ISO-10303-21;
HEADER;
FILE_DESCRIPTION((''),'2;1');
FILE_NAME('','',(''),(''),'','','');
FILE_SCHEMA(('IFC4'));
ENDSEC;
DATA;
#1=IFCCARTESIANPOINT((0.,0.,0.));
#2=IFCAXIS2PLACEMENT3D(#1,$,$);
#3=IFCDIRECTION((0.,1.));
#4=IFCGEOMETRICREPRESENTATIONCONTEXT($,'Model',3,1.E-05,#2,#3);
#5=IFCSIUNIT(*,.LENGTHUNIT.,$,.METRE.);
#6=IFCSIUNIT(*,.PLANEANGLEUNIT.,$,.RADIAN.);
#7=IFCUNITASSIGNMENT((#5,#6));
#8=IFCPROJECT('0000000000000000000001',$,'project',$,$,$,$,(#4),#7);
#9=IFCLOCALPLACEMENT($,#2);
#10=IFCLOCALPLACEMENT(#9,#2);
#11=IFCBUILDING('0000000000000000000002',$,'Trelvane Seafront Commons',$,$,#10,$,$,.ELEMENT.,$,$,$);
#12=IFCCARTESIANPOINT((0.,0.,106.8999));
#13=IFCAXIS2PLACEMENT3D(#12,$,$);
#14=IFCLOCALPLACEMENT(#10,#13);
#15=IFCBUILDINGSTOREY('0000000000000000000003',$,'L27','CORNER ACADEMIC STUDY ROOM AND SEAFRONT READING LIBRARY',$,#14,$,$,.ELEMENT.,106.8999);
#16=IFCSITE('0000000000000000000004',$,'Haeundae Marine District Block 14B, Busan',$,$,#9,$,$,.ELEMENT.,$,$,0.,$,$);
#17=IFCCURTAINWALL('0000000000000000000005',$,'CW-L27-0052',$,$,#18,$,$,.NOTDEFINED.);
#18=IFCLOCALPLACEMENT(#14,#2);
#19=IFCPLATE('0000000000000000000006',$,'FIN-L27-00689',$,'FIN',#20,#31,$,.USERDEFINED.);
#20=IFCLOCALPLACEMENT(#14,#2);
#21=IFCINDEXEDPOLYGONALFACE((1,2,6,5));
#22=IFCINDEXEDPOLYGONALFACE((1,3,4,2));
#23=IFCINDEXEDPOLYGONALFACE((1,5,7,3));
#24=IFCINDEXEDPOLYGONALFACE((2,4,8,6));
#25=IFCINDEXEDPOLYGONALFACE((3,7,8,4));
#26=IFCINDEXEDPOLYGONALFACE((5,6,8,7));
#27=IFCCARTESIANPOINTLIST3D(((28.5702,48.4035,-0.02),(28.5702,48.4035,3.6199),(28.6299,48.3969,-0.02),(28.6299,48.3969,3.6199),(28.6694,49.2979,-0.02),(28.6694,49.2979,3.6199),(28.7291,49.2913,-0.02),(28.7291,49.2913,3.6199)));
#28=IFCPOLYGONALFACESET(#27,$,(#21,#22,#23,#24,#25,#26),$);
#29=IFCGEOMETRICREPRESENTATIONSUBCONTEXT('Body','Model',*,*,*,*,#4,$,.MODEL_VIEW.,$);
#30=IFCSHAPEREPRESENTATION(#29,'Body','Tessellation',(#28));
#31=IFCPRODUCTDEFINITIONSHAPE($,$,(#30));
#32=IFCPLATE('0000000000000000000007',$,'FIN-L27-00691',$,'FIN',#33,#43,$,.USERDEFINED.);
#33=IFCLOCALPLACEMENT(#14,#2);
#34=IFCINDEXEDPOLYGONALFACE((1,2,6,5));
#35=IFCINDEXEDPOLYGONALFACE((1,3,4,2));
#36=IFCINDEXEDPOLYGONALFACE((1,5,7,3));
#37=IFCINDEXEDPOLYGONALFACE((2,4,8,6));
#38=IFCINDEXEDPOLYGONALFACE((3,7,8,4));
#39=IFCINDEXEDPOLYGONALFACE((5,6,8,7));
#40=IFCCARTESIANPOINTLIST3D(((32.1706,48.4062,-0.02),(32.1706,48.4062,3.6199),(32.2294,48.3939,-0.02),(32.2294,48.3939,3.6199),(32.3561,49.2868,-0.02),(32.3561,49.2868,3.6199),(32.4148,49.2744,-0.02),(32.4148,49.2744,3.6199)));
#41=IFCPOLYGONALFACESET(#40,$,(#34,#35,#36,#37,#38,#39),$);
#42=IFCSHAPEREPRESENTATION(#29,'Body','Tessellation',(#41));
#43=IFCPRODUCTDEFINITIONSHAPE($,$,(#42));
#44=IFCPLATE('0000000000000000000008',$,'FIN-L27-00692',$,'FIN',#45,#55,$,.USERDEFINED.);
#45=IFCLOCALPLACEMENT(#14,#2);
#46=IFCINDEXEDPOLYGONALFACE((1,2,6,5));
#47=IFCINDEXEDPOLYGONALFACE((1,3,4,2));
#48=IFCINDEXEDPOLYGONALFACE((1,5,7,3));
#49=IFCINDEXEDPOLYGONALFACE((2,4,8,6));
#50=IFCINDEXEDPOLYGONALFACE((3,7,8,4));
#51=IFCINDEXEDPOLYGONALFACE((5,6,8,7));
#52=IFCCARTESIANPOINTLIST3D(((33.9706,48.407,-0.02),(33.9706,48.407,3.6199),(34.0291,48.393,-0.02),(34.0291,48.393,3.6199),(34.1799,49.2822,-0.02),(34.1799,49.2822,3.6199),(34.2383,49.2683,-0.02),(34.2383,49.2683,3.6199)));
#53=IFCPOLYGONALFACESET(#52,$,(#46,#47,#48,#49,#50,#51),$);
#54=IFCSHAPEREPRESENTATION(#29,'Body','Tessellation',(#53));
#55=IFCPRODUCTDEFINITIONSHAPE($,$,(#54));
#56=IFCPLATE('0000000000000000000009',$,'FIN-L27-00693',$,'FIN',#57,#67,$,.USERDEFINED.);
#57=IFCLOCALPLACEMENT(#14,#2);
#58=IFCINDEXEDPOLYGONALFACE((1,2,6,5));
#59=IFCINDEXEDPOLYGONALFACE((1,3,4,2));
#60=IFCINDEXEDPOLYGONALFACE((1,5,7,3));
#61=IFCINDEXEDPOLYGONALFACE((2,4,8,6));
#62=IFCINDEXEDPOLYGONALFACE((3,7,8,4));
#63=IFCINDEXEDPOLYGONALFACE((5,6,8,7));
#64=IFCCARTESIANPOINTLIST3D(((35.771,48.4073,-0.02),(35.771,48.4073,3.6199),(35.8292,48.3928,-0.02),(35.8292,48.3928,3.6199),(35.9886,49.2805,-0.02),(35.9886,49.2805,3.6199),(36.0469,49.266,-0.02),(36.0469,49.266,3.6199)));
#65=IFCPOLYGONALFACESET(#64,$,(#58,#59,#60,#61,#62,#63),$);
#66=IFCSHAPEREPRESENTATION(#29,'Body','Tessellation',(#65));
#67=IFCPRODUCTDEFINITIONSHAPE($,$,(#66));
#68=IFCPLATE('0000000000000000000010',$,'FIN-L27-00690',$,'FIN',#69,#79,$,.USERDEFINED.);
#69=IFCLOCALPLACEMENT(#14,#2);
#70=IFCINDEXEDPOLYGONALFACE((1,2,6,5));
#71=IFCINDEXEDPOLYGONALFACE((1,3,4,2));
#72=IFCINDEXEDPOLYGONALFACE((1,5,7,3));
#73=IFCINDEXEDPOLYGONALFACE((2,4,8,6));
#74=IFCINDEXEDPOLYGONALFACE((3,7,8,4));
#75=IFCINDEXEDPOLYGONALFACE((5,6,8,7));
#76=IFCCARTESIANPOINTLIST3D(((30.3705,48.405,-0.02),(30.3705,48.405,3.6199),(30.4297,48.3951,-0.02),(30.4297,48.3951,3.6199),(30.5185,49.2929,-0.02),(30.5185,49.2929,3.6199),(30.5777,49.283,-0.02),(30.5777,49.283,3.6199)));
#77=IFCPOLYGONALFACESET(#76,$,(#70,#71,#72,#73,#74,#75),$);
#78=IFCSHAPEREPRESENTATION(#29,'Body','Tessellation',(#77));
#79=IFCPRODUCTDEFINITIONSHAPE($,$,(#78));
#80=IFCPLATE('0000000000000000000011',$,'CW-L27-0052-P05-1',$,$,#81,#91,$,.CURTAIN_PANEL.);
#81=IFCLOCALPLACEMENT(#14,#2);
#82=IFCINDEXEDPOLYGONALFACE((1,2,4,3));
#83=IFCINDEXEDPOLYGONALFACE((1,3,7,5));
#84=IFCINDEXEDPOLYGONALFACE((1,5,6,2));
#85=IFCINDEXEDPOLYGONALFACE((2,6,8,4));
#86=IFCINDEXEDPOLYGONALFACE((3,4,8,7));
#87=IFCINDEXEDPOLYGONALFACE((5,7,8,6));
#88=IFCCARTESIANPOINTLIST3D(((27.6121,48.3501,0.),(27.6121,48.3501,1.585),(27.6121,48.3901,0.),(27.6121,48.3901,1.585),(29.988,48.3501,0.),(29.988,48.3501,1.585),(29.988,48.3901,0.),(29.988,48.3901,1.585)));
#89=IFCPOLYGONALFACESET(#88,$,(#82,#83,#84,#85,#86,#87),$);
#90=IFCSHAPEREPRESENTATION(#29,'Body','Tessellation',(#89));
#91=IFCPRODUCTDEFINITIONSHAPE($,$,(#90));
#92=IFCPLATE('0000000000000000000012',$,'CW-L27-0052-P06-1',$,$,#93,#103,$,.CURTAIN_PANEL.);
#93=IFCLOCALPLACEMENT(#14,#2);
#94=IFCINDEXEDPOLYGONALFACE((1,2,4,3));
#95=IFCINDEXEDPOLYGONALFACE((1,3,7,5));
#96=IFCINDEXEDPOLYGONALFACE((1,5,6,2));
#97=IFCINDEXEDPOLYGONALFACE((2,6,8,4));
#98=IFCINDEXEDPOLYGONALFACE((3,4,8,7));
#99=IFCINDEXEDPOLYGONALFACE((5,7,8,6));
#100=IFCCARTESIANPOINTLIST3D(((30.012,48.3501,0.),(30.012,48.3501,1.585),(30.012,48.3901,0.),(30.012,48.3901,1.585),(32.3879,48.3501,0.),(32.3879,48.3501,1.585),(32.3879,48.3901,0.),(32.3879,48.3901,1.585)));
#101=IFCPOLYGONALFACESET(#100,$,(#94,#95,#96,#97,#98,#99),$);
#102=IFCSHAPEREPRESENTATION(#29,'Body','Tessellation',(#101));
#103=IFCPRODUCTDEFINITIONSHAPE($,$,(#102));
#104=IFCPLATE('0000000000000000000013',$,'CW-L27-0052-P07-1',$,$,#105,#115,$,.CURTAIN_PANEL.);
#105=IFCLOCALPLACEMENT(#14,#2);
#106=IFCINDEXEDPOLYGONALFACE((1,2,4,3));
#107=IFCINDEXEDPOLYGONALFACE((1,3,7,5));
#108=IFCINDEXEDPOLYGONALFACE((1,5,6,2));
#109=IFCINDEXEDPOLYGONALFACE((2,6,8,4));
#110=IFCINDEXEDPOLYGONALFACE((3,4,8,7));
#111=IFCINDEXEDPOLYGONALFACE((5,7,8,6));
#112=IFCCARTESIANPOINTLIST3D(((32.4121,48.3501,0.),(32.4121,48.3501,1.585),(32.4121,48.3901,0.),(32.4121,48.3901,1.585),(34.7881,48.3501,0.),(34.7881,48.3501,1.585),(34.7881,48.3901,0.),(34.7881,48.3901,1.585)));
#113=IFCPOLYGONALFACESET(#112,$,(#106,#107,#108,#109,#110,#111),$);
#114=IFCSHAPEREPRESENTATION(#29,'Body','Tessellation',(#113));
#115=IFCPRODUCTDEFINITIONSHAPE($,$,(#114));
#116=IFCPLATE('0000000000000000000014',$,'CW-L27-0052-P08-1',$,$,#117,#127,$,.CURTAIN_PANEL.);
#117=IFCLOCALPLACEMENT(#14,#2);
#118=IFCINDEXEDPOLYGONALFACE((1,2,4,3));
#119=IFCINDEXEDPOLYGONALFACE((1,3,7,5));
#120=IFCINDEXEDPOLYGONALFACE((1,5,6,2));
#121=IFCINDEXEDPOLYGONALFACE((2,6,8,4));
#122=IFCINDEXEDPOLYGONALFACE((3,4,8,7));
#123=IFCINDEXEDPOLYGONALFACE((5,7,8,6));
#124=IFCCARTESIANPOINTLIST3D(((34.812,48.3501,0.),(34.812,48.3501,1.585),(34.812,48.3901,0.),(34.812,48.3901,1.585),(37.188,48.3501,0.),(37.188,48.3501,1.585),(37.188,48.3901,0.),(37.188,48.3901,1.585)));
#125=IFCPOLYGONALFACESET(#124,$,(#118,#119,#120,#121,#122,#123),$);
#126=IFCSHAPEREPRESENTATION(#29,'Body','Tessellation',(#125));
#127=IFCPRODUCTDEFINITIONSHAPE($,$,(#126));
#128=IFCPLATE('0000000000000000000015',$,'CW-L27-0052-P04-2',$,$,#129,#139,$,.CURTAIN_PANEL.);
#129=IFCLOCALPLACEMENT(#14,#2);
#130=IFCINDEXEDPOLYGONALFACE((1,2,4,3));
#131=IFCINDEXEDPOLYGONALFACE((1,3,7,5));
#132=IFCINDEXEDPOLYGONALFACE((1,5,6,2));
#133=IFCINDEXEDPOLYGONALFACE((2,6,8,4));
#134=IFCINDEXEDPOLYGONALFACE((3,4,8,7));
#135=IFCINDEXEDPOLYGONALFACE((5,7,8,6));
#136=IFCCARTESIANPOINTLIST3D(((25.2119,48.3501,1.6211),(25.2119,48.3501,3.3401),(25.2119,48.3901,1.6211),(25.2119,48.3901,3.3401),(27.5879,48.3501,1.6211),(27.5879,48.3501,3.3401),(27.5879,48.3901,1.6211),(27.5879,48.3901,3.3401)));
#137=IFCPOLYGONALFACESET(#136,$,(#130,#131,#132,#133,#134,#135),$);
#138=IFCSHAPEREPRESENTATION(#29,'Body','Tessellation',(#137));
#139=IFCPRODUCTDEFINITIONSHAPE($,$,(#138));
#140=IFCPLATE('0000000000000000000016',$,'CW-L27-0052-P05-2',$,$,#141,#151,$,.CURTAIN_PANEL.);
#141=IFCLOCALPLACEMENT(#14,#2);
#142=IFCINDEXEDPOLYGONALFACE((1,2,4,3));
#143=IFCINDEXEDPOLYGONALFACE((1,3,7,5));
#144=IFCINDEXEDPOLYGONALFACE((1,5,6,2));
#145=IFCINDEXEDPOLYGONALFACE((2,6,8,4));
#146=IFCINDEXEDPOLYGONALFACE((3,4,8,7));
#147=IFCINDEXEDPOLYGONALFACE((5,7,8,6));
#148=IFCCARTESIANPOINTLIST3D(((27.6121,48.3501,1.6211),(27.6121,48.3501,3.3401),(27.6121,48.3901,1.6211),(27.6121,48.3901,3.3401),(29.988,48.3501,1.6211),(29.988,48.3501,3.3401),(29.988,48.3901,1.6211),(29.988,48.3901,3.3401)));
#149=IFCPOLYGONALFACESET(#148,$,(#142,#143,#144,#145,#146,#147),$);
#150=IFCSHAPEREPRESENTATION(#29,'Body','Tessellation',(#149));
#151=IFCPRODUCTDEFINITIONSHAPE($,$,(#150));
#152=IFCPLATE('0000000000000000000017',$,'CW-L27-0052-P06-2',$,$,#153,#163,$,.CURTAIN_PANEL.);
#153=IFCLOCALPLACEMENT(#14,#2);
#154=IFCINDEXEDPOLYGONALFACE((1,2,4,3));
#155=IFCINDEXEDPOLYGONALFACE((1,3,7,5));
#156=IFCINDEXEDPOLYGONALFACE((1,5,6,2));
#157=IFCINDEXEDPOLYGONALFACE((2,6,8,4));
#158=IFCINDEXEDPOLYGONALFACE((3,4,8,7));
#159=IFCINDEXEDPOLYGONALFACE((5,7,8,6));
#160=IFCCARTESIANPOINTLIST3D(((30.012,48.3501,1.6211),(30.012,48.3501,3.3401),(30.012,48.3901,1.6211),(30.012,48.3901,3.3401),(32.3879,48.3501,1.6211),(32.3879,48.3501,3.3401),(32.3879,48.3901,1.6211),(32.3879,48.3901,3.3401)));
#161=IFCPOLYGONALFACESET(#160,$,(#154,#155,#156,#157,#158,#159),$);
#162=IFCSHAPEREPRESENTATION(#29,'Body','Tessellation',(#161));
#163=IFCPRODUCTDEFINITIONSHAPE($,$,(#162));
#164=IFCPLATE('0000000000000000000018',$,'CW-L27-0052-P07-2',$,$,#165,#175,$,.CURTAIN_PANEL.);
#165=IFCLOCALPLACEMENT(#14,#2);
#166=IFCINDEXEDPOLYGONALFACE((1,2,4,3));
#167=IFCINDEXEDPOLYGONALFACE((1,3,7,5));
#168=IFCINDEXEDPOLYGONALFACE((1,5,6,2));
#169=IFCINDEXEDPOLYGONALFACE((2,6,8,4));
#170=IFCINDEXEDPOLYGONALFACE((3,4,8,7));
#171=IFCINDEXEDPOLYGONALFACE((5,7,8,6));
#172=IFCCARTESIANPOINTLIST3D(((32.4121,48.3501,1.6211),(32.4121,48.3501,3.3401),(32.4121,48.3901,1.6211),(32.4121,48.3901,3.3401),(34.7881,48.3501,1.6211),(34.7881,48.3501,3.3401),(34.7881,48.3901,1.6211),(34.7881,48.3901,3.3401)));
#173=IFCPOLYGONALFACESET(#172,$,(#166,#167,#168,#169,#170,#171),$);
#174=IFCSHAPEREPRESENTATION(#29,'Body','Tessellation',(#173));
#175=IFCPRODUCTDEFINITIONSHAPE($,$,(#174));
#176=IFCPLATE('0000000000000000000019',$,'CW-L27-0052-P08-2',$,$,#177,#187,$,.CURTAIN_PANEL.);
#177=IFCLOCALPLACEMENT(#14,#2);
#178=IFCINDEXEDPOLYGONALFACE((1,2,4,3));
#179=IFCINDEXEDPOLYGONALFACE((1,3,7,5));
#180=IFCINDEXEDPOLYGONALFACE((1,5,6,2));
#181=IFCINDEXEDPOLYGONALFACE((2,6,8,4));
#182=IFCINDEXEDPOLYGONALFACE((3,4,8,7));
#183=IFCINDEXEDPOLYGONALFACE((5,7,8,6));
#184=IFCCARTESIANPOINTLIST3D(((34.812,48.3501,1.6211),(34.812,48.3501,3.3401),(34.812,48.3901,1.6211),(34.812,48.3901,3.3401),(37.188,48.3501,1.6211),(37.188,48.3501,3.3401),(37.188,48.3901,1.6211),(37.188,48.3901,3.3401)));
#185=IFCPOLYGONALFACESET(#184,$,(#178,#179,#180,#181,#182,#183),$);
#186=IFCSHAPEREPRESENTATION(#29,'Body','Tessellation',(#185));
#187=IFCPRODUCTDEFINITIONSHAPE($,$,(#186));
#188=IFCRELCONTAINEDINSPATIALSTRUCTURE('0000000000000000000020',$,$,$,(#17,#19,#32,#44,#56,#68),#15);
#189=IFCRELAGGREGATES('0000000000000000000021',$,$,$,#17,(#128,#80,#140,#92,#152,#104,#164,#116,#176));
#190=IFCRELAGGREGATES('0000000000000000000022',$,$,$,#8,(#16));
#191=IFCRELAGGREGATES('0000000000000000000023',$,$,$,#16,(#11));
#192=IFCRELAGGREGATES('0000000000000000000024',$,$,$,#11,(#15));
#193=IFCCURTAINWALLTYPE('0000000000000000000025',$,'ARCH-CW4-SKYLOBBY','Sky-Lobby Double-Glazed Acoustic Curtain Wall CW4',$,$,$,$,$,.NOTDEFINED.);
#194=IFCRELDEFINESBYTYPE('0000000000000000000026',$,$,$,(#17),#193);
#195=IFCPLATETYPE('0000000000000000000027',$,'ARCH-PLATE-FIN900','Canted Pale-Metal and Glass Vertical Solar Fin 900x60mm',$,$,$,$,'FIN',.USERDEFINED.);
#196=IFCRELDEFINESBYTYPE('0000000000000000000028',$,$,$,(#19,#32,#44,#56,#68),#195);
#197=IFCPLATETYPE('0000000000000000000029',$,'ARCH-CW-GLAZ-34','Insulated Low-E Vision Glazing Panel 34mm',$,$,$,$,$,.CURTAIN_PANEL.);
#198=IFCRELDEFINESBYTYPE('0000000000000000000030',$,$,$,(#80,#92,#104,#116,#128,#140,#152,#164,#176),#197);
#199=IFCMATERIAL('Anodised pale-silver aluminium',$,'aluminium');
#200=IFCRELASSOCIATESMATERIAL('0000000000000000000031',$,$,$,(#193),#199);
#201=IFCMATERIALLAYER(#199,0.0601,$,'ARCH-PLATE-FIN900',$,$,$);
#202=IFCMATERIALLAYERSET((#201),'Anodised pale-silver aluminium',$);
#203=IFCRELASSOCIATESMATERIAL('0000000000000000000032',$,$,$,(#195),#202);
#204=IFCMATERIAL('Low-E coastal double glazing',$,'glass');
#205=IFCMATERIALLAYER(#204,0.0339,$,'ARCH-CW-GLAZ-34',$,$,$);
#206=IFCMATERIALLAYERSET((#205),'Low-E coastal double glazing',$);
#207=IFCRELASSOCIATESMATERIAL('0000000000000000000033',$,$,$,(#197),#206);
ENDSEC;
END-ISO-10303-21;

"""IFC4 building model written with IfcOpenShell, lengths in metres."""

from ifc_helpers import new_model, si_unit, direction, frame, origin, origin_2d, place, context, subcontext, project, spatial, rectangle, extrude, source, transform, mapped, material, layer, layer_set, type_object, element, aggregate, save


model = new_model("IFC4")

# Units and contexts
model_context = context("Model", 3, precision=1e-05, world=origin(), true_north=direction((0.0, 1.0)))
body_context = subcontext(model_context, "Body", "Model", "MODEL_VIEW")
ifc_project = project(units=[si_unit("LENGTHUNIT", "METRE"), si_unit("PLANEANGLEUNIT", "RADIAN")], contexts=[model_context])

# Site, building, storey
site_placement = place(None, origin())
site = spatial("IfcSite", under=ifc_project, at=site_placement, Name="Haeundae Marine District Block 14B, Busan", CompositionType="ELEMENT", RefElevation=0.0)
building_placement = place(site_placement, origin())
building = spatial("IfcBuilding", under=site, at=building_placement, Name="Trelvane Seafront Commons", CompositionType="ELEMENT")
storey_placement = place(building_placement, frame((0.0, 0.0, 106.8999)))
storey = spatial("IfcBuildingStorey", under=building, at=storey_placement, Name="L27", Description="CORNER ACADEMIC STUDY ROOM AND SEAFRONT READING LIBRARY", CompositionType="ELEMENT", Elevation=106.8999)

# Curtain wall
ifc_material_1 = material(Name="Anodised pale-silver aluminium", Category="aluminium")
curtain_wall_type = type_object("IfcCurtainWallType", Name="ARCH-CW4-SKYLOBBY", Description="Sky-Lobby Double-Glazed Acoustic Curtain Wall CW4", PredefinedType="NOTDEFINED", material=ifc_material_1)
curtain_wall_placement = place(storey_placement, origin())
curtain_wall = element("IfcCurtainWall", 1, at=curtain_wall_placement, inside=storey, type_object=curtain_wall_type, Name="CW-L27-0052", PredefinedType="NOTDEFINED")

# Plates
ifc_layer_1 = layer(ifc_material_1, 0.0601, Name="ARCH-PLATE-FIN900")
ifc_layer_set_1 = layer_set([ifc_layer_1], Name="Anodised pale-silver aluminium")
plate_type_1 = type_object("IfcPlateType", Name="ARCH-PLATE-FIN900", Description="Canted Pale-Metal and Glass Vertical Solar Fin 900x60mm", ElementType="FIN", PredefinedType="USERDEFINED", material=ifc_layer_set_1)
shared_shape_1 = source(origin(), body_context, "Body", "SweptSolid", [
    extrude(rectangle(XDim=0.8999, YDim=0.0601, at=origin_2d()), origin(), (0.0, 0.0, 1.0), 3.6399),
])
for number, where, z_axis, x_axis, name in (
    (2, (28.6497, 48.8474, -0.02), (0.0, 0.0, 1.0), (0.110224, 0.993907, 0.0), "FIN-L27-00689"),
    (3, (32.2927, 48.8403, -0.02), (0.0, 0.0, 1.0), (0.206105, 0.97853, 0.0), "FIN-L27-00691"),
    (4, (34.1045, 48.8376, -0.02), (0.0, 0.0, 1.0), (0.232561, 0.972582, 0.0), "FIN-L27-00692"),
    (5, (35.9089, 48.8367, -0.02), (0.0, 0.0, 1.0), (0.241881, 0.970306, 0.0), "FIN-L27-00693"),
):
    element("IfcPlate", number, at=place(storey_placement, frame(where, z_axis=z_axis, x_axis=x_axis)), inside=storey, type_object=plate_type_1, Name=name, ObjectType="FIN", PredefinedType="USERDEFINED", context=body_context, shape_type="MappedRepresentation", body=[
        mapped(shared_shape_1, transform((0.0, 0.0, 0.0), x_axis=(1.0, 0.0, 0.0), y_axis=(0.0, 1.0, 0.0), z_axis=(0.0, 0.0, 1.0), scale=1.0)),
    ])
shared_shape_2 = source(origin(), body_context, "Body", "SweptSolid", [
    extrude(rectangle(XDim=0.9001, YDim=0.0601, at=origin_2d()), origin(), (0.0, 0.0, 1.0), 3.6399),
])
plate_1_placement = place(storey_placement, frame((30.4741, 48.844, -0.02), z_axis=(0.0, 0.0, 1.0), x_axis=(0.164435, 0.986388, 0.0)))
element("IfcPlate", 6, at=plate_1_placement, inside=storey, type_object=plate_type_1, Name="FIN-L27-00690", ObjectType="FIN", PredefinedType="USERDEFINED", context=body_context, shape_type="MappedRepresentation", body=[
    mapped(shared_shape_2, transform((0.0, 0.0, 0.0), x_axis=(1.0, 0.0, 0.0), y_axis=(0.0, 1.0, 0.0), z_axis=(0.0, 0.0, 1.0), scale=1.0)),
])

# Plates
ifc_material_2 = material(Name="Low-E coastal double glazing", Category="glass")
ifc_layer_2 = layer(ifc_material_2, 0.0339, Name="ARCH-CW-GLAZ-34")
ifc_layer_set_2 = layer_set([ifc_layer_2], Name="Low-E coastal double glazing")
plate_type_2 = type_object("IfcPlateType", Name="ARCH-CW-GLAZ-34", Description="Insulated Low-E Vision Glazing Panel 34mm", PredefinedType="CURTAIN_PANEL", material=ifc_layer_set_2)
shared_shape_3 = source(origin(), body_context, "Body", "SweptSolid", [
    extrude(rectangle(XDim=2.376, YDim=0.04, at=origin_2d()), origin(), (0.0, 0.0, 1.0), 1.585),
])
plate_2_placement = place(storey_placement, frame((28.8, 48.3701, 0.0), z_axis=(0.0, 0.0, 1.0), x_axis=(1.0, 0.0, 0.0)))
plate_2 = element("IfcPlate", 7, at=plate_2_placement, type_object=plate_type_2, Name="CW-L27-0052-P05-1", PredefinedType="CURTAIN_PANEL", context=body_context, shape_type="MappedRepresentation", body=[
    mapped(shared_shape_3, transform((0.0, 0.0, 0.0), x_axis=(1.0, 0.0, 0.0), y_axis=(0.0, 1.0, 0.0), z_axis=(0.0, 0.0, 1.0), scale=1.0)),
])
plate_3_placement = place(storey_placement, frame((31.2, 48.3701, 0.0), z_axis=(0.0, 0.0, 1.0), x_axis=(1.0, 0.0, 0.0)))
plate_3 = element("IfcPlate", 8, at=plate_3_placement, type_object=plate_type_2, Name="CW-L27-0052-P06-1", PredefinedType="CURTAIN_PANEL", context=body_context, shape_type="MappedRepresentation", body=[
    mapped(shared_shape_3, transform((0.0, 0.0, 0.0), x_axis=(1.0, 0.0, 0.0), y_axis=(0.0, 1.0, 0.0), z_axis=(0.0, 0.0, 1.0), scale=1.0)),
])
plate_4_placement = place(storey_placement, frame((33.6001, 48.3701, 0.0), z_axis=(0.0, 0.0, 1.0), x_axis=(1.0, 0.0, 0.0)))
plate_4 = element("IfcPlate", 9, at=plate_4_placement, type_object=plate_type_2, Name="CW-L27-0052-P07-1", PredefinedType="CURTAIN_PANEL", context=body_context, shape_type="MappedRepresentation", body=[
    mapped(shared_shape_3, transform((0.0, 0.0, 0.0), x_axis=(1.0, 0.0, 0.0), y_axis=(0.0, 1.0, 0.0), z_axis=(0.0, 0.0, 1.0), scale=1.0)),
])
plate_5_placement = place(storey_placement, frame((36.0, 48.3701, 0.0), z_axis=(0.0, 0.0, 1.0), x_axis=(1.0, 0.0, 0.0)))
plate_5 = element("IfcPlate", 10, at=plate_5_placement, type_object=plate_type_2, Name="CW-L27-0052-P08-1", PredefinedType="CURTAIN_PANEL", context=body_context, shape_type="MappedRepresentation", body=[
    mapped(shared_shape_3, transform((0.0, 0.0, 0.0), x_axis=(1.0, 0.0, 0.0), y_axis=(0.0, 1.0, 0.0), z_axis=(0.0, 0.0, 1.0), scale=1.0)),
])
shared_shape_4 = source(origin(), body_context, "Body", "SweptSolid", [
    extrude(rectangle(XDim=2.376, YDim=0.04, at=origin_2d()), origin(), (0.0, 0.0, 1.0), 1.719),
])
plate_6_placement = place(storey_placement, frame((26.3999, 48.3701, 1.6211), z_axis=(0.0, 0.0, 1.0), x_axis=(1.0, 0.0, 0.0)))
plate_6 = element("IfcPlate", 11, at=plate_6_placement, type_object=plate_type_2, Name="CW-L27-0052-P04-2", PredefinedType="CURTAIN_PANEL", context=body_context, shape_type="MappedRepresentation", body=[
    mapped(shared_shape_4, transform((0.0, 0.0, 0.0), x_axis=(1.0, 0.0, 0.0), y_axis=(0.0, 1.0, 0.0), z_axis=(0.0, 0.0, 1.0), scale=1.0)),
])
plate_7_placement = place(storey_placement, frame((28.8, 48.3701, 1.6211), z_axis=(0.0, 0.0, 1.0), x_axis=(1.0, 0.0, 0.0)))
plate_7 = element("IfcPlate", 12, at=plate_7_placement, type_object=plate_type_2, Name="CW-L27-0052-P05-2", PredefinedType="CURTAIN_PANEL", context=body_context, shape_type="MappedRepresentation", body=[
    mapped(shared_shape_4, transform((0.0, 0.0, 0.0), x_axis=(1.0, 0.0, 0.0), y_axis=(0.0, 1.0, 0.0), z_axis=(0.0, 0.0, 1.0), scale=1.0)),
])
plate_8_placement = place(storey_placement, frame((31.2, 48.3701, 1.6211), z_axis=(0.0, 0.0, 1.0), x_axis=(1.0, 0.0, 0.0)))
plate_8 = element("IfcPlate", 13, at=plate_8_placement, type_object=plate_type_2, Name="CW-L27-0052-P06-2", PredefinedType="CURTAIN_PANEL", context=body_context, shape_type="MappedRepresentation", body=[
    mapped(shared_shape_4, transform((0.0, 0.0, 0.0), x_axis=(1.0, 0.0, 0.0), y_axis=(0.0, 1.0, 0.0), z_axis=(0.0, 0.0, 1.0), scale=1.0)),
])
plate_9_placement = place(storey_placement, frame((33.6001, 48.3701, 1.6211), z_axis=(0.0, 0.0, 1.0), x_axis=(1.0, 0.0, 0.0)))
plate_9 = element("IfcPlate", 14, at=plate_9_placement, type_object=plate_type_2, Name="CW-L27-0052-P07-2", PredefinedType="CURTAIN_PANEL", context=body_context, shape_type="MappedRepresentation", body=[
    mapped(shared_shape_4, transform((0.0, 0.0, 0.0), x_axis=(1.0, 0.0, 0.0), y_axis=(0.0, 1.0, 0.0), z_axis=(0.0, 0.0, 1.0), scale=1.0)),
])
plate_10_placement = place(storey_placement, frame((36.0, 48.3701, 1.6211), z_axis=(0.0, 0.0, 1.0), x_axis=(1.0, 0.0, 0.0)))
plate_10 = element("IfcPlate", 15, at=plate_10_placement, type_object=plate_type_2, Name="CW-L27-0052-P08-2", PredefinedType="CURTAIN_PANEL", context=body_context, shape_type="MappedRepresentation", body=[
    mapped(shared_shape_4, transform((0.0, 0.0, 0.0), x_axis=(1.0, 0.0, 0.0), y_axis=(0.0, 1.0, 0.0), z_axis=(0.0, 0.0, 1.0), scale=1.0)),
])
aggregate(curtain_wall, [plate_6, plate_2, plate_7, plate_3, plate_8, plate_4, plate_9, plate_5, plate_10])

save(model, "model.ifc")
